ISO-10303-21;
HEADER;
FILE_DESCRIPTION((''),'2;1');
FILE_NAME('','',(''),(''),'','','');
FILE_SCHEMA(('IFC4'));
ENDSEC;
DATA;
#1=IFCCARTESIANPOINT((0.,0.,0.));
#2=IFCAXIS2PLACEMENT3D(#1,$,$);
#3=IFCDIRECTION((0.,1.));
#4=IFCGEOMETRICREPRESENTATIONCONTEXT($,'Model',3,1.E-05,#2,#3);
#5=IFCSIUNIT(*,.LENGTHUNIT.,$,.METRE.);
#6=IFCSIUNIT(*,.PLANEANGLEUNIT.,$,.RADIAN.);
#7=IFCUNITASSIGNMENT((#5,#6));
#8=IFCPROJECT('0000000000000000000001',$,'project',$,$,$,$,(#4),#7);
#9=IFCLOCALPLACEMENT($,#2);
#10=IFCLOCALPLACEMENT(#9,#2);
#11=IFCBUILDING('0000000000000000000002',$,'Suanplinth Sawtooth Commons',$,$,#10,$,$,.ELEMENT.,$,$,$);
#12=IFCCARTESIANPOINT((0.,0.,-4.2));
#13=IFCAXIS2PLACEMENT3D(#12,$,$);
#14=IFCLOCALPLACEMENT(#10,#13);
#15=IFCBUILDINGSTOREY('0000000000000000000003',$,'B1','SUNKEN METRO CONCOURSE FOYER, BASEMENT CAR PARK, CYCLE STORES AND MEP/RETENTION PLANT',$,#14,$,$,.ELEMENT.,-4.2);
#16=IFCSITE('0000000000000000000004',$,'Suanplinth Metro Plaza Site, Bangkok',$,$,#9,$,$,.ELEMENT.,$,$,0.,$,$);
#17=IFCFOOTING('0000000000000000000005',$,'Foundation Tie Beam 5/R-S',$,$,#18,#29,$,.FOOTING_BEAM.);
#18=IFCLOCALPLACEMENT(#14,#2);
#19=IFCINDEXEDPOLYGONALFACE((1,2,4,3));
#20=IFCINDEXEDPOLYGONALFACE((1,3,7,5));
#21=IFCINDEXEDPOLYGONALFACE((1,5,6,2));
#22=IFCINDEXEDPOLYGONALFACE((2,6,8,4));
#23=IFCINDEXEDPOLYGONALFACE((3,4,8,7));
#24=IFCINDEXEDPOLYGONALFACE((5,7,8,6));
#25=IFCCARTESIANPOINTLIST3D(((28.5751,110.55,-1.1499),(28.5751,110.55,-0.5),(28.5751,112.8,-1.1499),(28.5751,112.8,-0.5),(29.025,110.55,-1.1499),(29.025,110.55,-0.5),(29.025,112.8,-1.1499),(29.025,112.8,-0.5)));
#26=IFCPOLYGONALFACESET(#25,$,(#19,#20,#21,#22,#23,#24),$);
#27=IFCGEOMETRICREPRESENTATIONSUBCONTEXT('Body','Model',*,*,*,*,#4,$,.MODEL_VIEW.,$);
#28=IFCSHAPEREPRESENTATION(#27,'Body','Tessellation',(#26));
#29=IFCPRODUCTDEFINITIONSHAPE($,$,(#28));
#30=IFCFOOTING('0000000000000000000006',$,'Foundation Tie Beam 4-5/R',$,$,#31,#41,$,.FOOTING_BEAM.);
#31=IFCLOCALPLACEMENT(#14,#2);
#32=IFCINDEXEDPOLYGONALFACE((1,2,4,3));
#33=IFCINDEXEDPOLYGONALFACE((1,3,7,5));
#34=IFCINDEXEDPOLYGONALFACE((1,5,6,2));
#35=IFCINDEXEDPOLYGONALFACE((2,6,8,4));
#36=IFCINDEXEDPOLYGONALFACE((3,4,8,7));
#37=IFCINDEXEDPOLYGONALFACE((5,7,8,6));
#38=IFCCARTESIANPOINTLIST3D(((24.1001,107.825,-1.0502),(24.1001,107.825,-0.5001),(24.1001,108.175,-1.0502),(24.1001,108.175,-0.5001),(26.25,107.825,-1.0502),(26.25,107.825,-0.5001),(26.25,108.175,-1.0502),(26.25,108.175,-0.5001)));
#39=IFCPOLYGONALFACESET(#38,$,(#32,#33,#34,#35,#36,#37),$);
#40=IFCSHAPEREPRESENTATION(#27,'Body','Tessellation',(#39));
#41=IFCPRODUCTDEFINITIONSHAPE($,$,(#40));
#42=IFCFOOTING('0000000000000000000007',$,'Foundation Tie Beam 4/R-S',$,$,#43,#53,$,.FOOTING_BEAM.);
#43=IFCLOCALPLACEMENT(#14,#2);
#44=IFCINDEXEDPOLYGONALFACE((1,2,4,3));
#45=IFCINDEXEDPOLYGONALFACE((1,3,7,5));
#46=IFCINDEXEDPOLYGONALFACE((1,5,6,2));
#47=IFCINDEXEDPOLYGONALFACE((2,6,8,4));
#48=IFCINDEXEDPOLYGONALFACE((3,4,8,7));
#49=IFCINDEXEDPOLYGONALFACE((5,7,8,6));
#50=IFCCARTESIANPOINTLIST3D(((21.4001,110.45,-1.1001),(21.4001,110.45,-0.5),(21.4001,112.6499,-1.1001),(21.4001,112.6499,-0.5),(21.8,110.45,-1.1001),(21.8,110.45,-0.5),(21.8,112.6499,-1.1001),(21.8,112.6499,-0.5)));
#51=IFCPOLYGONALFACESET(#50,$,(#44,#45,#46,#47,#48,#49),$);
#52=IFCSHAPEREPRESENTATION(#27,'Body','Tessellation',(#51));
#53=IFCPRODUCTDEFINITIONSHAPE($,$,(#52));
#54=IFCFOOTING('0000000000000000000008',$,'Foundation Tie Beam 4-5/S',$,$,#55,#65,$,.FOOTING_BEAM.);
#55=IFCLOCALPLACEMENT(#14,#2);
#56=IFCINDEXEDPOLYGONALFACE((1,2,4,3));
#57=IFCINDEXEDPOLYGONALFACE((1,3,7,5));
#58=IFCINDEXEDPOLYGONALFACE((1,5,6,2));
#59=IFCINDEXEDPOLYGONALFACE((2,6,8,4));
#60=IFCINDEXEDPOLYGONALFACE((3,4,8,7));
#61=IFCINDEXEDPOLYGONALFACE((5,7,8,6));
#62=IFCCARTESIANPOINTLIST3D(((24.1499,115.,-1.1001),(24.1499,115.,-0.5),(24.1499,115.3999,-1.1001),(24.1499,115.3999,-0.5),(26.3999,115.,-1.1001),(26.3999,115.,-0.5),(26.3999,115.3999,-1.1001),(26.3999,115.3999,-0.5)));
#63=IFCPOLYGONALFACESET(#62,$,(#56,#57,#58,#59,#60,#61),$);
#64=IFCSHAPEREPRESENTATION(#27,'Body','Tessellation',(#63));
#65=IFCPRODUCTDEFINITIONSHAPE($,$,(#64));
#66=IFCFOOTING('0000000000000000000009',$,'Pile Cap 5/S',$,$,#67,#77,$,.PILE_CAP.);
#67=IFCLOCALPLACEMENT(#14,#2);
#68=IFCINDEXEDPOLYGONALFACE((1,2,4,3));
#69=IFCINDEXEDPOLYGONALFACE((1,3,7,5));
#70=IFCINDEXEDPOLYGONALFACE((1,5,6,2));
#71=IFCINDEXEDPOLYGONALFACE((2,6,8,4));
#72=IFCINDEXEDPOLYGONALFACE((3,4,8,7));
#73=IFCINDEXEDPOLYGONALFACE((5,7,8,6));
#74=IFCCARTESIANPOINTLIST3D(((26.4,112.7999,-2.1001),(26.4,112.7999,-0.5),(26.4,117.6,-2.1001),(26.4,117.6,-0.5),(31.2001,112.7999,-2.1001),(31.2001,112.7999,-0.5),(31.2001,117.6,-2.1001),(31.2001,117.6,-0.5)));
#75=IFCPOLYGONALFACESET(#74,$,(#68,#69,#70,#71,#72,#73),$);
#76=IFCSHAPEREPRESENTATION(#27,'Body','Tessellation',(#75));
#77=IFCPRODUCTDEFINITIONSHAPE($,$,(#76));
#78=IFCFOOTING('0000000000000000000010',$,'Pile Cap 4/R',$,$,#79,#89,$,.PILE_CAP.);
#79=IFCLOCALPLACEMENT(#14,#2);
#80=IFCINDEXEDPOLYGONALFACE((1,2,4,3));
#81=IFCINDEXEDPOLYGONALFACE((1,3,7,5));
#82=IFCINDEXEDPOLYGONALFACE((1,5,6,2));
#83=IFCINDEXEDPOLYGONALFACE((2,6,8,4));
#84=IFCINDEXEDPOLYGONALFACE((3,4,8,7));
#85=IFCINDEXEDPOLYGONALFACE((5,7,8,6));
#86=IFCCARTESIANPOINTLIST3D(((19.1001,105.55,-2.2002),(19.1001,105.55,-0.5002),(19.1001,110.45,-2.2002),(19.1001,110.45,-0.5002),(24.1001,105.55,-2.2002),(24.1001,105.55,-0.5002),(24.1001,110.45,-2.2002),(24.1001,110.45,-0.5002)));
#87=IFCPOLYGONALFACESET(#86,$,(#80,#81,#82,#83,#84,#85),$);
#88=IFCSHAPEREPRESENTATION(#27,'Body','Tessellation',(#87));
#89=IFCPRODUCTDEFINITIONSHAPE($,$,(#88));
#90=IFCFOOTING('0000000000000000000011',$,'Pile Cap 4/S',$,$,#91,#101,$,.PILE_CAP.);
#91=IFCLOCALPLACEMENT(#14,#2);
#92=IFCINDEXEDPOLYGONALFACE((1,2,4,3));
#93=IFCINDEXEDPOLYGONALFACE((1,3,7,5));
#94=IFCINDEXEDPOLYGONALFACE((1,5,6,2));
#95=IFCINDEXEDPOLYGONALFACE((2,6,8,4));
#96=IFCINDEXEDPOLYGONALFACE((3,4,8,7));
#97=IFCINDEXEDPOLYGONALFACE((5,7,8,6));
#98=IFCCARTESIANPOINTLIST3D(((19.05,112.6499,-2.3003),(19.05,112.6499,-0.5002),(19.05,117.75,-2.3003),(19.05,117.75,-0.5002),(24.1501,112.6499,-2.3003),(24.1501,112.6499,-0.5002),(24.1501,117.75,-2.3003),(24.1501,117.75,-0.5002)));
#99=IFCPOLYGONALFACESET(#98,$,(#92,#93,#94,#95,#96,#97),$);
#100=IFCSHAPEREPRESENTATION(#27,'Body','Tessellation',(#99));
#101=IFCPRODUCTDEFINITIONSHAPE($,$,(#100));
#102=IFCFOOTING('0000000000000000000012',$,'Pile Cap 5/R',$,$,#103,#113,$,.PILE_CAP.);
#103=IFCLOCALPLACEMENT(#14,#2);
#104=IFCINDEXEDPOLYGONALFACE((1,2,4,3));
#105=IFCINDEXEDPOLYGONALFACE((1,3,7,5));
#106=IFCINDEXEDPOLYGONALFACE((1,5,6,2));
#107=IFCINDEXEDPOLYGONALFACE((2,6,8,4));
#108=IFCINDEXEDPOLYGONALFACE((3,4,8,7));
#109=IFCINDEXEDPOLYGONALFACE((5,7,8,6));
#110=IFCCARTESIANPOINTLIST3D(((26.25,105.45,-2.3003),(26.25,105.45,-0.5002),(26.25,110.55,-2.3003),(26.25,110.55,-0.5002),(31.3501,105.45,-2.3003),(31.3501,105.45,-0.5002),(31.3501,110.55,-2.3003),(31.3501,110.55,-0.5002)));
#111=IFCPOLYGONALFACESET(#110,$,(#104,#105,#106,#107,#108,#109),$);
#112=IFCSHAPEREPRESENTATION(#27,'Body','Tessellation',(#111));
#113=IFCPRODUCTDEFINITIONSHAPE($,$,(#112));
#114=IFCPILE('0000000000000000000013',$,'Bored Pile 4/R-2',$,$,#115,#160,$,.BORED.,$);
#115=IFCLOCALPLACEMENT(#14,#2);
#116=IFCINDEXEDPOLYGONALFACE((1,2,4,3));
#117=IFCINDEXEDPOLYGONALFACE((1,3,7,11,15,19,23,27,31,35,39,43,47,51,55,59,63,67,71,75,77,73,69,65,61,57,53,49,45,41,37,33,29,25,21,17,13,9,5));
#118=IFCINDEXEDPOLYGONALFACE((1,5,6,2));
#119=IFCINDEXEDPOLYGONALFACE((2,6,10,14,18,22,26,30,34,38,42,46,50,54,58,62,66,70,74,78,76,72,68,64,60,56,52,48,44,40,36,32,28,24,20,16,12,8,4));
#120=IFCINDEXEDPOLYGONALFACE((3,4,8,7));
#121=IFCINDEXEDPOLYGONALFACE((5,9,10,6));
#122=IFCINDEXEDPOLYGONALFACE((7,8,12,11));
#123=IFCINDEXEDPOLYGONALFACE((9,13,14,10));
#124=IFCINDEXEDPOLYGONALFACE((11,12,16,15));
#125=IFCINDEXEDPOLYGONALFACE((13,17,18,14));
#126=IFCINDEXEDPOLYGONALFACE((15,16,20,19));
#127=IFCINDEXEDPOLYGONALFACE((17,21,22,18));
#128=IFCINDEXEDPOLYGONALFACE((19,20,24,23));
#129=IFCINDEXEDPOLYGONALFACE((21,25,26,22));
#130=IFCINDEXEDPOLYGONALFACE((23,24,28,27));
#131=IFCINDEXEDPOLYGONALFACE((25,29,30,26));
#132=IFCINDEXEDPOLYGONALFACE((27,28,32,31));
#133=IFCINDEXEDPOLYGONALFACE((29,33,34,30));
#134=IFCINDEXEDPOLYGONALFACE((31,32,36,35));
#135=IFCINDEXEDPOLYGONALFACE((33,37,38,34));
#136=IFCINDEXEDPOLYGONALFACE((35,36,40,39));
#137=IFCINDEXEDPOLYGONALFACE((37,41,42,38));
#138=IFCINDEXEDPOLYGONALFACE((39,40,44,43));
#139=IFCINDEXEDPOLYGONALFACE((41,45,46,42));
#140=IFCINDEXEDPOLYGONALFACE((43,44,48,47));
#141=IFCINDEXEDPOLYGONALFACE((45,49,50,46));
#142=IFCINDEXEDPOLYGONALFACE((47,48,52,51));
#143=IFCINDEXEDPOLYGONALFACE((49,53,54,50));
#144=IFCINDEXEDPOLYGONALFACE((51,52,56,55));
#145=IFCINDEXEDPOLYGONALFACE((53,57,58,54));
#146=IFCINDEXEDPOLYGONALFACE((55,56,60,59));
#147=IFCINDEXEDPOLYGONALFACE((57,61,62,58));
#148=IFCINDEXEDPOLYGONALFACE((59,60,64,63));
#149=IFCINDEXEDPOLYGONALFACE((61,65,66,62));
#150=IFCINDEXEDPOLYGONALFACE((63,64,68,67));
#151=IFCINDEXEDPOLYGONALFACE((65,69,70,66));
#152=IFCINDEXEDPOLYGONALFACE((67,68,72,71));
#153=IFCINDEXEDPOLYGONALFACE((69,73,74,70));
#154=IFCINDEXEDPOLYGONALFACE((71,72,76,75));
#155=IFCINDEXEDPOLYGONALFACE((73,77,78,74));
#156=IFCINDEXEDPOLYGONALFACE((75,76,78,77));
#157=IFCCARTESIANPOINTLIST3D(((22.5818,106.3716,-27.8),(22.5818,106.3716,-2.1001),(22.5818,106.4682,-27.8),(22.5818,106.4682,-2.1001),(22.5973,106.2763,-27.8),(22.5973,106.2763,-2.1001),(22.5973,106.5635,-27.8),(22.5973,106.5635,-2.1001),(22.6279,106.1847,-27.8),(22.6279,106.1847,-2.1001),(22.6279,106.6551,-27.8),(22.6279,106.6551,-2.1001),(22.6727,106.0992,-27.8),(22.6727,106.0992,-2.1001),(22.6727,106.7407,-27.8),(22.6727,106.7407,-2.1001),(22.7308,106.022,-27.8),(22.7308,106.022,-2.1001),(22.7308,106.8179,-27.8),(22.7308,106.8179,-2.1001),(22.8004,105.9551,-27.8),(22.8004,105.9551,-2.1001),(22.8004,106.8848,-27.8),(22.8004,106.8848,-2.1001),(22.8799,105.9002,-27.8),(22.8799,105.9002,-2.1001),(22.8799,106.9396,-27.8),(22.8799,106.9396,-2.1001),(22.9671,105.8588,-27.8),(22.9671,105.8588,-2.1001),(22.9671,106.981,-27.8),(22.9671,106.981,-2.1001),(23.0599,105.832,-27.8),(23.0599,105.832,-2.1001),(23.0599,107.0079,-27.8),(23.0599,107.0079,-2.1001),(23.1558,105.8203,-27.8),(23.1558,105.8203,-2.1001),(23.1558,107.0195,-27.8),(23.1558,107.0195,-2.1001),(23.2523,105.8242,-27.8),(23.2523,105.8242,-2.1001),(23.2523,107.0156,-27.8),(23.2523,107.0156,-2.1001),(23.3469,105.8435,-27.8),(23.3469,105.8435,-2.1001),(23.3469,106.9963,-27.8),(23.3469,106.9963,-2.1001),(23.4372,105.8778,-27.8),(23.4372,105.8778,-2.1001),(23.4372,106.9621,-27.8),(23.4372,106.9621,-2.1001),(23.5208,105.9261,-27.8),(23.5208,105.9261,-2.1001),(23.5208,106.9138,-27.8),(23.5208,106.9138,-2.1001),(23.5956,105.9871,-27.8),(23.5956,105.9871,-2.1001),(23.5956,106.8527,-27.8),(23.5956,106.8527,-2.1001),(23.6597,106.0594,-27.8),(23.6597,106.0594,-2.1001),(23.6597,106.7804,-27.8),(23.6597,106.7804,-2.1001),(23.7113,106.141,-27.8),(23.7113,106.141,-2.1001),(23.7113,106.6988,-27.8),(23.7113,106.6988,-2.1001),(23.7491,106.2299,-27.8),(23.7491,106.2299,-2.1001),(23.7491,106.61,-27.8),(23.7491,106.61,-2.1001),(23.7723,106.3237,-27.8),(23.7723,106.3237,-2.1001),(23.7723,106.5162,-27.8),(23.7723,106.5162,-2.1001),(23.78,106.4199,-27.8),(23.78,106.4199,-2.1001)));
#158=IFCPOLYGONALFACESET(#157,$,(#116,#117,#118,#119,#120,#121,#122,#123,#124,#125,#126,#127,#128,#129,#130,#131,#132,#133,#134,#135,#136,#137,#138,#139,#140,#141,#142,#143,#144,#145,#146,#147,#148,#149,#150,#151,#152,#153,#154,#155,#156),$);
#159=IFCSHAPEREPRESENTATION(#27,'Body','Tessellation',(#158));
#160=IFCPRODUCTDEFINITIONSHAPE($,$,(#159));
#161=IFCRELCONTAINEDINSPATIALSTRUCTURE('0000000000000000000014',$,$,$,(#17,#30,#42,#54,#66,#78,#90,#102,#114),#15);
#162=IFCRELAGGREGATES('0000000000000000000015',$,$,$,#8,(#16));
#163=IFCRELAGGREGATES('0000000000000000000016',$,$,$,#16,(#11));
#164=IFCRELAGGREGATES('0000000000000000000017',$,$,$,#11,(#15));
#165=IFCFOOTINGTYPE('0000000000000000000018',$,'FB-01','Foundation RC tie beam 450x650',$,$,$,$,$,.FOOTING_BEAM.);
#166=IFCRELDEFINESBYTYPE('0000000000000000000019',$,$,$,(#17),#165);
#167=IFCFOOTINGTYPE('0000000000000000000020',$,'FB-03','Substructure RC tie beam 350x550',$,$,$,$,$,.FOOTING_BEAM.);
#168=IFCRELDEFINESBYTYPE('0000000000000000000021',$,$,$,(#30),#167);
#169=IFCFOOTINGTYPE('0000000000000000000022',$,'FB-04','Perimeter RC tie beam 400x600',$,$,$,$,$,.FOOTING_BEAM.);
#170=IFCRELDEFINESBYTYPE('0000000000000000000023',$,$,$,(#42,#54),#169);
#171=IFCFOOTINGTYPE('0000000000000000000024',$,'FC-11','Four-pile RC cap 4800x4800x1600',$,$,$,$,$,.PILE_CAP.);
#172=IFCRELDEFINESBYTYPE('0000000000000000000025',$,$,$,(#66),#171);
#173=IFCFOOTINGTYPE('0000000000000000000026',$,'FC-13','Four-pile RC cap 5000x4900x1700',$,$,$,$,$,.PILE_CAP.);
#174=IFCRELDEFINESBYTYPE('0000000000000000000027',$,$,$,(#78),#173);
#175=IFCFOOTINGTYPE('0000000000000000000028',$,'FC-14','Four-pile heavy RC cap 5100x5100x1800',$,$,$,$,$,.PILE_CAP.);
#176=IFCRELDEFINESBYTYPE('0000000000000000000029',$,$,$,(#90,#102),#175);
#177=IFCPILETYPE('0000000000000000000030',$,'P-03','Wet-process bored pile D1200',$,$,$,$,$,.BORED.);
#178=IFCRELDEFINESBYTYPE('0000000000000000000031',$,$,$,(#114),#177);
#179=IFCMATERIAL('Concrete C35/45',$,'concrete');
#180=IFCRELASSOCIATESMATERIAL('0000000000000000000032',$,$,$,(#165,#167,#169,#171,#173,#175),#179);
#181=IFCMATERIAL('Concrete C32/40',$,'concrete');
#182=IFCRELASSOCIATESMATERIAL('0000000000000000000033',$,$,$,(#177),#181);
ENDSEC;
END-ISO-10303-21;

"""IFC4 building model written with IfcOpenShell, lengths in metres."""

from ifc_helpers import new_model, si_unit, direction, frame, origin, origin_2d, place, context, subcontext, project, spatial, rectangle, circle, extrude, material, material_profile, profile_set, type_object, element, save


model = new_model("IFC4")

# Units and contexts
model_context = context("Model", 3, precision=1e-05, world=origin(), true_north=direction((0.0, 1.0)))
body_context = subcontext(model_context, "Body", "Model", "MODEL_VIEW")
ifc_project = project(units=[si_unit("LENGTHUNIT", "METRE"), si_unit("PLANEANGLEUNIT", "RADIAN")], contexts=[model_context])

# Site, building, storey
site_placement = place(None, origin())
site = spatial("IfcSite", under=ifc_project, at=site_placement, Name="Suanplinth Metro Plaza Site, Bangkok", CompositionType="ELEMENT", RefElevation=0.0)
building_placement = place(site_placement, origin())
building = spatial("IfcBuilding", under=site, at=building_placement, Name="Suanplinth Sawtooth Commons", CompositionType="ELEMENT")
storey_placement = place(building_placement, frame((0.0, 0.0, -4.2)))
storey = spatial("IfcBuildingStorey", under=building, at=storey_placement, Name="B1", Description="SUNKEN METRO CONCOURSE FOYER, BASEMENT CAR PARK, CYCLE STORES AND MEP/RETENTION PLANT", CompositionType="ELEMENT", Elevation=-4.2)

# Footings
ifc_material_1 = material(Name="Concrete C35/45", Category="concrete")
ifc_material_profile_1 = material_profile(ifc_material_1, rectangle(XDim=0.45, YDim=0.6499, at=origin_2d()), Name="PC-GDR 450x650")
ifc_profile_set_1 = profile_set([ifc_material_profile_1], Name="Concrete C35/45")
footing_type_1 = type_object("IfcFootingType", Name="FB-01", Description="Foundation RC tie beam 450x650", PredefinedType="FOOTING_BEAM", material=ifc_profile_set_1)
footing_1_placement = place(storey_placement, frame((28.8, 110.55, -0.825), z_axis=(0.0, 1.0, 0.0), x_axis=(-1.0, 0.0, 0.0)))
element("IfcFooting", 1, at=footing_1_placement, inside=storey, type_object=footing_type_1, Name="Foundation Tie Beam 5/R-S", PredefinedType="FOOTING_BEAM", context=body_context, shape_type="SweptSolid", body=[
    extrude(rectangle(XDim=0.45, YDim=0.6499, at=origin_2d()), origin(), (0.0, 0.0, 1.0), 2.25),
])
ifc_material_profile_2 = material_profile(ifc_material_1, rectangle(XDim=0.3501, YDim=0.55, at=origin_2d()), Name="PC-BM 350x550")
ifc_profile_set_2 = profile_set([ifc_material_profile_2], Name="Concrete C35/45")
footing_type_2 = type_object("IfcFootingType", Name="FB-03", Description="Substructure RC tie beam 350x550", PredefinedType="FOOTING_BEAM", material=ifc_profile_set_2)
footing_2_placement = place(storey_placement, frame((24.1001, 108.0, -0.7751), z_axis=(1.0, 0.0, 0.0), x_axis=(0.0, 1.0, 0.0)))
element("IfcFooting", 2, at=footing_2_placement, inside=storey, type_object=footing_type_2, Name="Foundation Tie Beam 4-5/R", PredefinedType="FOOTING_BEAM", context=body_context, shape_type="SweptSolid", body=[
    extrude(rectangle(XDim=0.3501, YDim=0.55, at=origin_2d()), origin(), (0.0, 0.0, 1.0), 2.1499),
])
ifc_material_profile_3 = material_profile(ifc_material_1, rectangle(XDim=0.3999, YDim=0.6001, at=origin_2d()), Name="PC-GDR 400x600")
ifc_profile_set_3 = profile_set([ifc_material_profile_3], Name="Concrete C35/45")
footing_type_3 = type_object("IfcFootingType", Name="FB-04", Description="Perimeter RC tie beam 400x600", PredefinedType="FOOTING_BEAM", material=ifc_profile_set_3)
footing_3_placement = place(storey_placement, frame((21.6001, 110.45, -0.8), z_axis=(0.0, 1.0, 0.0), x_axis=(-1.0, 0.0, 0.0)))
element("IfcFooting", 3, at=footing_3_placement, inside=storey, type_object=footing_type_3, Name="Foundation Tie Beam 4/R-S", PredefinedType="FOOTING_BEAM", context=body_context, shape_type="SweptSolid", body=[
    extrude(rectangle(XDim=0.3999, YDim=0.6001, at=origin_2d()), origin(), (0.0, 0.0, 1.0), 2.2),
])
footing_4_placement = place(storey_placement, frame((24.1499, 115.2, -0.8), z_axis=(1.0, 0.0, 0.0), x_axis=(0.0, 1.0, 0.0)))
element("IfcFooting", 4, at=footing_4_placement, inside=storey, type_object=footing_type_3, Name="Foundation Tie Beam 4-5/S", PredefinedType="FOOTING_BEAM", context=body_context, shape_type="SweptSolid", body=[
    extrude(rectangle(XDim=0.3999, YDim=0.6001, at=origin_2d()), origin(), (0.0, 0.0, 1.0), 2.25),
])
footing_type_4 = type_object("IfcFootingType", Name="FC-11", Description="Four-pile RC cap 4800x4800x1600", PredefinedType="PILE_CAP", material=ifc_material_1)
footing_5_placement = place(storey_placement, frame((28.8, 115.2, -2.1001), z_axis=(0.0, 0.0, 1.0), x_axis=(1.0, 0.0, 0.0)))
element("IfcFooting", 5, at=footing_5_placement, inside=storey, type_object=footing_type_4, Name="Pile Cap 5/S", PredefinedType="PILE_CAP", context=body_context, shape_type="SweptSolid", body=[
    extrude(rectangle(XDim=4.8, YDim=4.8, at=origin_2d()), origin(), (0.0, 0.0, 1.0), 1.6001),
])
footing_type_5 = type_object("IfcFootingType", Name="FC-13", Description="Four-pile RC cap 5000x4900x1700", PredefinedType="PILE_CAP", material=ifc_material_1)
footing_6_placement = place(storey_placement, frame((21.6001, 108.0, -2.2002), z_axis=(0.0, 0.0, 1.0), x_axis=(1.0, 0.0, 0.0)))
element("IfcFooting", 6, at=footing_6_placement, inside=storey, type_object=footing_type_5, Name="Pile Cap 4/R", PredefinedType="PILE_CAP", context=body_context, shape_type="SweptSolid", body=[
    extrude(rectangle(XDim=5.0, YDim=4.8999, at=origin_2d()), origin(), (0.0, 0.0, 1.0), 1.7),
])
footing_type_6 = type_object("IfcFootingType", Name="FC-14", Description="Four-pile heavy RC cap 5100x5100x1800", PredefinedType="PILE_CAP", material=ifc_material_1)
for number, where, z_axis, x_axis, name in (
    (7, (21.6001, 115.2, -2.3003), (0.0, 0.0, 1.0), (1.0, 0.0, 0.0), "Pile Cap 4/S"),
    (8, (28.8, 108.0, -2.3003), (0.0, 0.0, 1.0), (1.0, 0.0, 0.0), "Pile Cap 5/R"),
):
    element("IfcFooting", number, at=place(storey_placement, frame(where, z_axis=z_axis, x_axis=x_axis)), inside=storey, type_object=footing_type_6, Name=name, PredefinedType="PILE_CAP", context=body_context, shape_type="SweptSolid", body=[
        extrude(rectangle(XDim=5.1001, YDim=5.1001, at=origin_2d()), origin(), (0.0, 0.0, 1.0), 1.8),
    ])

# Pile
ifc_material_2 = material(Name="Concrete C32/40", Category="concrete")
ifc_material_profile_4 = material_profile(ifc_material_2, circle(Radius=0.6001, at=origin_2d()), Name="PILE D1200")
ifc_profile_set_4 = profile_set([ifc_material_profile_4], Name="Concrete C32/40")
pile_type = type_object("IfcPileType", Name="P-03", Description="Wet-process bored pile D1200", PredefinedType="BORED", material=ifc_profile_set_4)
for number, where, z_axis, x_axis, name in (
    (9, (23.1799, 106.4199, -2.1001), (0.0, 0.0, -1.0), (1.0, 0.0, 0.0), "Bored Pile 4/R-2"),
):
    element("IfcPile", number, at=place(storey_placement, frame(where, z_axis=z_axis, x_axis=x_axis)), inside=storey, type_object=pile_type, Name=name, PredefinedType="BORED", context=body_context, shape_type="SweptSolid", body=[
        extrude(circle(Radius=0.6001, at=origin_2d()), origin(), (0.0, 0.0, 1.0), 25.7),
    ])

save(model, "model.ifc")
